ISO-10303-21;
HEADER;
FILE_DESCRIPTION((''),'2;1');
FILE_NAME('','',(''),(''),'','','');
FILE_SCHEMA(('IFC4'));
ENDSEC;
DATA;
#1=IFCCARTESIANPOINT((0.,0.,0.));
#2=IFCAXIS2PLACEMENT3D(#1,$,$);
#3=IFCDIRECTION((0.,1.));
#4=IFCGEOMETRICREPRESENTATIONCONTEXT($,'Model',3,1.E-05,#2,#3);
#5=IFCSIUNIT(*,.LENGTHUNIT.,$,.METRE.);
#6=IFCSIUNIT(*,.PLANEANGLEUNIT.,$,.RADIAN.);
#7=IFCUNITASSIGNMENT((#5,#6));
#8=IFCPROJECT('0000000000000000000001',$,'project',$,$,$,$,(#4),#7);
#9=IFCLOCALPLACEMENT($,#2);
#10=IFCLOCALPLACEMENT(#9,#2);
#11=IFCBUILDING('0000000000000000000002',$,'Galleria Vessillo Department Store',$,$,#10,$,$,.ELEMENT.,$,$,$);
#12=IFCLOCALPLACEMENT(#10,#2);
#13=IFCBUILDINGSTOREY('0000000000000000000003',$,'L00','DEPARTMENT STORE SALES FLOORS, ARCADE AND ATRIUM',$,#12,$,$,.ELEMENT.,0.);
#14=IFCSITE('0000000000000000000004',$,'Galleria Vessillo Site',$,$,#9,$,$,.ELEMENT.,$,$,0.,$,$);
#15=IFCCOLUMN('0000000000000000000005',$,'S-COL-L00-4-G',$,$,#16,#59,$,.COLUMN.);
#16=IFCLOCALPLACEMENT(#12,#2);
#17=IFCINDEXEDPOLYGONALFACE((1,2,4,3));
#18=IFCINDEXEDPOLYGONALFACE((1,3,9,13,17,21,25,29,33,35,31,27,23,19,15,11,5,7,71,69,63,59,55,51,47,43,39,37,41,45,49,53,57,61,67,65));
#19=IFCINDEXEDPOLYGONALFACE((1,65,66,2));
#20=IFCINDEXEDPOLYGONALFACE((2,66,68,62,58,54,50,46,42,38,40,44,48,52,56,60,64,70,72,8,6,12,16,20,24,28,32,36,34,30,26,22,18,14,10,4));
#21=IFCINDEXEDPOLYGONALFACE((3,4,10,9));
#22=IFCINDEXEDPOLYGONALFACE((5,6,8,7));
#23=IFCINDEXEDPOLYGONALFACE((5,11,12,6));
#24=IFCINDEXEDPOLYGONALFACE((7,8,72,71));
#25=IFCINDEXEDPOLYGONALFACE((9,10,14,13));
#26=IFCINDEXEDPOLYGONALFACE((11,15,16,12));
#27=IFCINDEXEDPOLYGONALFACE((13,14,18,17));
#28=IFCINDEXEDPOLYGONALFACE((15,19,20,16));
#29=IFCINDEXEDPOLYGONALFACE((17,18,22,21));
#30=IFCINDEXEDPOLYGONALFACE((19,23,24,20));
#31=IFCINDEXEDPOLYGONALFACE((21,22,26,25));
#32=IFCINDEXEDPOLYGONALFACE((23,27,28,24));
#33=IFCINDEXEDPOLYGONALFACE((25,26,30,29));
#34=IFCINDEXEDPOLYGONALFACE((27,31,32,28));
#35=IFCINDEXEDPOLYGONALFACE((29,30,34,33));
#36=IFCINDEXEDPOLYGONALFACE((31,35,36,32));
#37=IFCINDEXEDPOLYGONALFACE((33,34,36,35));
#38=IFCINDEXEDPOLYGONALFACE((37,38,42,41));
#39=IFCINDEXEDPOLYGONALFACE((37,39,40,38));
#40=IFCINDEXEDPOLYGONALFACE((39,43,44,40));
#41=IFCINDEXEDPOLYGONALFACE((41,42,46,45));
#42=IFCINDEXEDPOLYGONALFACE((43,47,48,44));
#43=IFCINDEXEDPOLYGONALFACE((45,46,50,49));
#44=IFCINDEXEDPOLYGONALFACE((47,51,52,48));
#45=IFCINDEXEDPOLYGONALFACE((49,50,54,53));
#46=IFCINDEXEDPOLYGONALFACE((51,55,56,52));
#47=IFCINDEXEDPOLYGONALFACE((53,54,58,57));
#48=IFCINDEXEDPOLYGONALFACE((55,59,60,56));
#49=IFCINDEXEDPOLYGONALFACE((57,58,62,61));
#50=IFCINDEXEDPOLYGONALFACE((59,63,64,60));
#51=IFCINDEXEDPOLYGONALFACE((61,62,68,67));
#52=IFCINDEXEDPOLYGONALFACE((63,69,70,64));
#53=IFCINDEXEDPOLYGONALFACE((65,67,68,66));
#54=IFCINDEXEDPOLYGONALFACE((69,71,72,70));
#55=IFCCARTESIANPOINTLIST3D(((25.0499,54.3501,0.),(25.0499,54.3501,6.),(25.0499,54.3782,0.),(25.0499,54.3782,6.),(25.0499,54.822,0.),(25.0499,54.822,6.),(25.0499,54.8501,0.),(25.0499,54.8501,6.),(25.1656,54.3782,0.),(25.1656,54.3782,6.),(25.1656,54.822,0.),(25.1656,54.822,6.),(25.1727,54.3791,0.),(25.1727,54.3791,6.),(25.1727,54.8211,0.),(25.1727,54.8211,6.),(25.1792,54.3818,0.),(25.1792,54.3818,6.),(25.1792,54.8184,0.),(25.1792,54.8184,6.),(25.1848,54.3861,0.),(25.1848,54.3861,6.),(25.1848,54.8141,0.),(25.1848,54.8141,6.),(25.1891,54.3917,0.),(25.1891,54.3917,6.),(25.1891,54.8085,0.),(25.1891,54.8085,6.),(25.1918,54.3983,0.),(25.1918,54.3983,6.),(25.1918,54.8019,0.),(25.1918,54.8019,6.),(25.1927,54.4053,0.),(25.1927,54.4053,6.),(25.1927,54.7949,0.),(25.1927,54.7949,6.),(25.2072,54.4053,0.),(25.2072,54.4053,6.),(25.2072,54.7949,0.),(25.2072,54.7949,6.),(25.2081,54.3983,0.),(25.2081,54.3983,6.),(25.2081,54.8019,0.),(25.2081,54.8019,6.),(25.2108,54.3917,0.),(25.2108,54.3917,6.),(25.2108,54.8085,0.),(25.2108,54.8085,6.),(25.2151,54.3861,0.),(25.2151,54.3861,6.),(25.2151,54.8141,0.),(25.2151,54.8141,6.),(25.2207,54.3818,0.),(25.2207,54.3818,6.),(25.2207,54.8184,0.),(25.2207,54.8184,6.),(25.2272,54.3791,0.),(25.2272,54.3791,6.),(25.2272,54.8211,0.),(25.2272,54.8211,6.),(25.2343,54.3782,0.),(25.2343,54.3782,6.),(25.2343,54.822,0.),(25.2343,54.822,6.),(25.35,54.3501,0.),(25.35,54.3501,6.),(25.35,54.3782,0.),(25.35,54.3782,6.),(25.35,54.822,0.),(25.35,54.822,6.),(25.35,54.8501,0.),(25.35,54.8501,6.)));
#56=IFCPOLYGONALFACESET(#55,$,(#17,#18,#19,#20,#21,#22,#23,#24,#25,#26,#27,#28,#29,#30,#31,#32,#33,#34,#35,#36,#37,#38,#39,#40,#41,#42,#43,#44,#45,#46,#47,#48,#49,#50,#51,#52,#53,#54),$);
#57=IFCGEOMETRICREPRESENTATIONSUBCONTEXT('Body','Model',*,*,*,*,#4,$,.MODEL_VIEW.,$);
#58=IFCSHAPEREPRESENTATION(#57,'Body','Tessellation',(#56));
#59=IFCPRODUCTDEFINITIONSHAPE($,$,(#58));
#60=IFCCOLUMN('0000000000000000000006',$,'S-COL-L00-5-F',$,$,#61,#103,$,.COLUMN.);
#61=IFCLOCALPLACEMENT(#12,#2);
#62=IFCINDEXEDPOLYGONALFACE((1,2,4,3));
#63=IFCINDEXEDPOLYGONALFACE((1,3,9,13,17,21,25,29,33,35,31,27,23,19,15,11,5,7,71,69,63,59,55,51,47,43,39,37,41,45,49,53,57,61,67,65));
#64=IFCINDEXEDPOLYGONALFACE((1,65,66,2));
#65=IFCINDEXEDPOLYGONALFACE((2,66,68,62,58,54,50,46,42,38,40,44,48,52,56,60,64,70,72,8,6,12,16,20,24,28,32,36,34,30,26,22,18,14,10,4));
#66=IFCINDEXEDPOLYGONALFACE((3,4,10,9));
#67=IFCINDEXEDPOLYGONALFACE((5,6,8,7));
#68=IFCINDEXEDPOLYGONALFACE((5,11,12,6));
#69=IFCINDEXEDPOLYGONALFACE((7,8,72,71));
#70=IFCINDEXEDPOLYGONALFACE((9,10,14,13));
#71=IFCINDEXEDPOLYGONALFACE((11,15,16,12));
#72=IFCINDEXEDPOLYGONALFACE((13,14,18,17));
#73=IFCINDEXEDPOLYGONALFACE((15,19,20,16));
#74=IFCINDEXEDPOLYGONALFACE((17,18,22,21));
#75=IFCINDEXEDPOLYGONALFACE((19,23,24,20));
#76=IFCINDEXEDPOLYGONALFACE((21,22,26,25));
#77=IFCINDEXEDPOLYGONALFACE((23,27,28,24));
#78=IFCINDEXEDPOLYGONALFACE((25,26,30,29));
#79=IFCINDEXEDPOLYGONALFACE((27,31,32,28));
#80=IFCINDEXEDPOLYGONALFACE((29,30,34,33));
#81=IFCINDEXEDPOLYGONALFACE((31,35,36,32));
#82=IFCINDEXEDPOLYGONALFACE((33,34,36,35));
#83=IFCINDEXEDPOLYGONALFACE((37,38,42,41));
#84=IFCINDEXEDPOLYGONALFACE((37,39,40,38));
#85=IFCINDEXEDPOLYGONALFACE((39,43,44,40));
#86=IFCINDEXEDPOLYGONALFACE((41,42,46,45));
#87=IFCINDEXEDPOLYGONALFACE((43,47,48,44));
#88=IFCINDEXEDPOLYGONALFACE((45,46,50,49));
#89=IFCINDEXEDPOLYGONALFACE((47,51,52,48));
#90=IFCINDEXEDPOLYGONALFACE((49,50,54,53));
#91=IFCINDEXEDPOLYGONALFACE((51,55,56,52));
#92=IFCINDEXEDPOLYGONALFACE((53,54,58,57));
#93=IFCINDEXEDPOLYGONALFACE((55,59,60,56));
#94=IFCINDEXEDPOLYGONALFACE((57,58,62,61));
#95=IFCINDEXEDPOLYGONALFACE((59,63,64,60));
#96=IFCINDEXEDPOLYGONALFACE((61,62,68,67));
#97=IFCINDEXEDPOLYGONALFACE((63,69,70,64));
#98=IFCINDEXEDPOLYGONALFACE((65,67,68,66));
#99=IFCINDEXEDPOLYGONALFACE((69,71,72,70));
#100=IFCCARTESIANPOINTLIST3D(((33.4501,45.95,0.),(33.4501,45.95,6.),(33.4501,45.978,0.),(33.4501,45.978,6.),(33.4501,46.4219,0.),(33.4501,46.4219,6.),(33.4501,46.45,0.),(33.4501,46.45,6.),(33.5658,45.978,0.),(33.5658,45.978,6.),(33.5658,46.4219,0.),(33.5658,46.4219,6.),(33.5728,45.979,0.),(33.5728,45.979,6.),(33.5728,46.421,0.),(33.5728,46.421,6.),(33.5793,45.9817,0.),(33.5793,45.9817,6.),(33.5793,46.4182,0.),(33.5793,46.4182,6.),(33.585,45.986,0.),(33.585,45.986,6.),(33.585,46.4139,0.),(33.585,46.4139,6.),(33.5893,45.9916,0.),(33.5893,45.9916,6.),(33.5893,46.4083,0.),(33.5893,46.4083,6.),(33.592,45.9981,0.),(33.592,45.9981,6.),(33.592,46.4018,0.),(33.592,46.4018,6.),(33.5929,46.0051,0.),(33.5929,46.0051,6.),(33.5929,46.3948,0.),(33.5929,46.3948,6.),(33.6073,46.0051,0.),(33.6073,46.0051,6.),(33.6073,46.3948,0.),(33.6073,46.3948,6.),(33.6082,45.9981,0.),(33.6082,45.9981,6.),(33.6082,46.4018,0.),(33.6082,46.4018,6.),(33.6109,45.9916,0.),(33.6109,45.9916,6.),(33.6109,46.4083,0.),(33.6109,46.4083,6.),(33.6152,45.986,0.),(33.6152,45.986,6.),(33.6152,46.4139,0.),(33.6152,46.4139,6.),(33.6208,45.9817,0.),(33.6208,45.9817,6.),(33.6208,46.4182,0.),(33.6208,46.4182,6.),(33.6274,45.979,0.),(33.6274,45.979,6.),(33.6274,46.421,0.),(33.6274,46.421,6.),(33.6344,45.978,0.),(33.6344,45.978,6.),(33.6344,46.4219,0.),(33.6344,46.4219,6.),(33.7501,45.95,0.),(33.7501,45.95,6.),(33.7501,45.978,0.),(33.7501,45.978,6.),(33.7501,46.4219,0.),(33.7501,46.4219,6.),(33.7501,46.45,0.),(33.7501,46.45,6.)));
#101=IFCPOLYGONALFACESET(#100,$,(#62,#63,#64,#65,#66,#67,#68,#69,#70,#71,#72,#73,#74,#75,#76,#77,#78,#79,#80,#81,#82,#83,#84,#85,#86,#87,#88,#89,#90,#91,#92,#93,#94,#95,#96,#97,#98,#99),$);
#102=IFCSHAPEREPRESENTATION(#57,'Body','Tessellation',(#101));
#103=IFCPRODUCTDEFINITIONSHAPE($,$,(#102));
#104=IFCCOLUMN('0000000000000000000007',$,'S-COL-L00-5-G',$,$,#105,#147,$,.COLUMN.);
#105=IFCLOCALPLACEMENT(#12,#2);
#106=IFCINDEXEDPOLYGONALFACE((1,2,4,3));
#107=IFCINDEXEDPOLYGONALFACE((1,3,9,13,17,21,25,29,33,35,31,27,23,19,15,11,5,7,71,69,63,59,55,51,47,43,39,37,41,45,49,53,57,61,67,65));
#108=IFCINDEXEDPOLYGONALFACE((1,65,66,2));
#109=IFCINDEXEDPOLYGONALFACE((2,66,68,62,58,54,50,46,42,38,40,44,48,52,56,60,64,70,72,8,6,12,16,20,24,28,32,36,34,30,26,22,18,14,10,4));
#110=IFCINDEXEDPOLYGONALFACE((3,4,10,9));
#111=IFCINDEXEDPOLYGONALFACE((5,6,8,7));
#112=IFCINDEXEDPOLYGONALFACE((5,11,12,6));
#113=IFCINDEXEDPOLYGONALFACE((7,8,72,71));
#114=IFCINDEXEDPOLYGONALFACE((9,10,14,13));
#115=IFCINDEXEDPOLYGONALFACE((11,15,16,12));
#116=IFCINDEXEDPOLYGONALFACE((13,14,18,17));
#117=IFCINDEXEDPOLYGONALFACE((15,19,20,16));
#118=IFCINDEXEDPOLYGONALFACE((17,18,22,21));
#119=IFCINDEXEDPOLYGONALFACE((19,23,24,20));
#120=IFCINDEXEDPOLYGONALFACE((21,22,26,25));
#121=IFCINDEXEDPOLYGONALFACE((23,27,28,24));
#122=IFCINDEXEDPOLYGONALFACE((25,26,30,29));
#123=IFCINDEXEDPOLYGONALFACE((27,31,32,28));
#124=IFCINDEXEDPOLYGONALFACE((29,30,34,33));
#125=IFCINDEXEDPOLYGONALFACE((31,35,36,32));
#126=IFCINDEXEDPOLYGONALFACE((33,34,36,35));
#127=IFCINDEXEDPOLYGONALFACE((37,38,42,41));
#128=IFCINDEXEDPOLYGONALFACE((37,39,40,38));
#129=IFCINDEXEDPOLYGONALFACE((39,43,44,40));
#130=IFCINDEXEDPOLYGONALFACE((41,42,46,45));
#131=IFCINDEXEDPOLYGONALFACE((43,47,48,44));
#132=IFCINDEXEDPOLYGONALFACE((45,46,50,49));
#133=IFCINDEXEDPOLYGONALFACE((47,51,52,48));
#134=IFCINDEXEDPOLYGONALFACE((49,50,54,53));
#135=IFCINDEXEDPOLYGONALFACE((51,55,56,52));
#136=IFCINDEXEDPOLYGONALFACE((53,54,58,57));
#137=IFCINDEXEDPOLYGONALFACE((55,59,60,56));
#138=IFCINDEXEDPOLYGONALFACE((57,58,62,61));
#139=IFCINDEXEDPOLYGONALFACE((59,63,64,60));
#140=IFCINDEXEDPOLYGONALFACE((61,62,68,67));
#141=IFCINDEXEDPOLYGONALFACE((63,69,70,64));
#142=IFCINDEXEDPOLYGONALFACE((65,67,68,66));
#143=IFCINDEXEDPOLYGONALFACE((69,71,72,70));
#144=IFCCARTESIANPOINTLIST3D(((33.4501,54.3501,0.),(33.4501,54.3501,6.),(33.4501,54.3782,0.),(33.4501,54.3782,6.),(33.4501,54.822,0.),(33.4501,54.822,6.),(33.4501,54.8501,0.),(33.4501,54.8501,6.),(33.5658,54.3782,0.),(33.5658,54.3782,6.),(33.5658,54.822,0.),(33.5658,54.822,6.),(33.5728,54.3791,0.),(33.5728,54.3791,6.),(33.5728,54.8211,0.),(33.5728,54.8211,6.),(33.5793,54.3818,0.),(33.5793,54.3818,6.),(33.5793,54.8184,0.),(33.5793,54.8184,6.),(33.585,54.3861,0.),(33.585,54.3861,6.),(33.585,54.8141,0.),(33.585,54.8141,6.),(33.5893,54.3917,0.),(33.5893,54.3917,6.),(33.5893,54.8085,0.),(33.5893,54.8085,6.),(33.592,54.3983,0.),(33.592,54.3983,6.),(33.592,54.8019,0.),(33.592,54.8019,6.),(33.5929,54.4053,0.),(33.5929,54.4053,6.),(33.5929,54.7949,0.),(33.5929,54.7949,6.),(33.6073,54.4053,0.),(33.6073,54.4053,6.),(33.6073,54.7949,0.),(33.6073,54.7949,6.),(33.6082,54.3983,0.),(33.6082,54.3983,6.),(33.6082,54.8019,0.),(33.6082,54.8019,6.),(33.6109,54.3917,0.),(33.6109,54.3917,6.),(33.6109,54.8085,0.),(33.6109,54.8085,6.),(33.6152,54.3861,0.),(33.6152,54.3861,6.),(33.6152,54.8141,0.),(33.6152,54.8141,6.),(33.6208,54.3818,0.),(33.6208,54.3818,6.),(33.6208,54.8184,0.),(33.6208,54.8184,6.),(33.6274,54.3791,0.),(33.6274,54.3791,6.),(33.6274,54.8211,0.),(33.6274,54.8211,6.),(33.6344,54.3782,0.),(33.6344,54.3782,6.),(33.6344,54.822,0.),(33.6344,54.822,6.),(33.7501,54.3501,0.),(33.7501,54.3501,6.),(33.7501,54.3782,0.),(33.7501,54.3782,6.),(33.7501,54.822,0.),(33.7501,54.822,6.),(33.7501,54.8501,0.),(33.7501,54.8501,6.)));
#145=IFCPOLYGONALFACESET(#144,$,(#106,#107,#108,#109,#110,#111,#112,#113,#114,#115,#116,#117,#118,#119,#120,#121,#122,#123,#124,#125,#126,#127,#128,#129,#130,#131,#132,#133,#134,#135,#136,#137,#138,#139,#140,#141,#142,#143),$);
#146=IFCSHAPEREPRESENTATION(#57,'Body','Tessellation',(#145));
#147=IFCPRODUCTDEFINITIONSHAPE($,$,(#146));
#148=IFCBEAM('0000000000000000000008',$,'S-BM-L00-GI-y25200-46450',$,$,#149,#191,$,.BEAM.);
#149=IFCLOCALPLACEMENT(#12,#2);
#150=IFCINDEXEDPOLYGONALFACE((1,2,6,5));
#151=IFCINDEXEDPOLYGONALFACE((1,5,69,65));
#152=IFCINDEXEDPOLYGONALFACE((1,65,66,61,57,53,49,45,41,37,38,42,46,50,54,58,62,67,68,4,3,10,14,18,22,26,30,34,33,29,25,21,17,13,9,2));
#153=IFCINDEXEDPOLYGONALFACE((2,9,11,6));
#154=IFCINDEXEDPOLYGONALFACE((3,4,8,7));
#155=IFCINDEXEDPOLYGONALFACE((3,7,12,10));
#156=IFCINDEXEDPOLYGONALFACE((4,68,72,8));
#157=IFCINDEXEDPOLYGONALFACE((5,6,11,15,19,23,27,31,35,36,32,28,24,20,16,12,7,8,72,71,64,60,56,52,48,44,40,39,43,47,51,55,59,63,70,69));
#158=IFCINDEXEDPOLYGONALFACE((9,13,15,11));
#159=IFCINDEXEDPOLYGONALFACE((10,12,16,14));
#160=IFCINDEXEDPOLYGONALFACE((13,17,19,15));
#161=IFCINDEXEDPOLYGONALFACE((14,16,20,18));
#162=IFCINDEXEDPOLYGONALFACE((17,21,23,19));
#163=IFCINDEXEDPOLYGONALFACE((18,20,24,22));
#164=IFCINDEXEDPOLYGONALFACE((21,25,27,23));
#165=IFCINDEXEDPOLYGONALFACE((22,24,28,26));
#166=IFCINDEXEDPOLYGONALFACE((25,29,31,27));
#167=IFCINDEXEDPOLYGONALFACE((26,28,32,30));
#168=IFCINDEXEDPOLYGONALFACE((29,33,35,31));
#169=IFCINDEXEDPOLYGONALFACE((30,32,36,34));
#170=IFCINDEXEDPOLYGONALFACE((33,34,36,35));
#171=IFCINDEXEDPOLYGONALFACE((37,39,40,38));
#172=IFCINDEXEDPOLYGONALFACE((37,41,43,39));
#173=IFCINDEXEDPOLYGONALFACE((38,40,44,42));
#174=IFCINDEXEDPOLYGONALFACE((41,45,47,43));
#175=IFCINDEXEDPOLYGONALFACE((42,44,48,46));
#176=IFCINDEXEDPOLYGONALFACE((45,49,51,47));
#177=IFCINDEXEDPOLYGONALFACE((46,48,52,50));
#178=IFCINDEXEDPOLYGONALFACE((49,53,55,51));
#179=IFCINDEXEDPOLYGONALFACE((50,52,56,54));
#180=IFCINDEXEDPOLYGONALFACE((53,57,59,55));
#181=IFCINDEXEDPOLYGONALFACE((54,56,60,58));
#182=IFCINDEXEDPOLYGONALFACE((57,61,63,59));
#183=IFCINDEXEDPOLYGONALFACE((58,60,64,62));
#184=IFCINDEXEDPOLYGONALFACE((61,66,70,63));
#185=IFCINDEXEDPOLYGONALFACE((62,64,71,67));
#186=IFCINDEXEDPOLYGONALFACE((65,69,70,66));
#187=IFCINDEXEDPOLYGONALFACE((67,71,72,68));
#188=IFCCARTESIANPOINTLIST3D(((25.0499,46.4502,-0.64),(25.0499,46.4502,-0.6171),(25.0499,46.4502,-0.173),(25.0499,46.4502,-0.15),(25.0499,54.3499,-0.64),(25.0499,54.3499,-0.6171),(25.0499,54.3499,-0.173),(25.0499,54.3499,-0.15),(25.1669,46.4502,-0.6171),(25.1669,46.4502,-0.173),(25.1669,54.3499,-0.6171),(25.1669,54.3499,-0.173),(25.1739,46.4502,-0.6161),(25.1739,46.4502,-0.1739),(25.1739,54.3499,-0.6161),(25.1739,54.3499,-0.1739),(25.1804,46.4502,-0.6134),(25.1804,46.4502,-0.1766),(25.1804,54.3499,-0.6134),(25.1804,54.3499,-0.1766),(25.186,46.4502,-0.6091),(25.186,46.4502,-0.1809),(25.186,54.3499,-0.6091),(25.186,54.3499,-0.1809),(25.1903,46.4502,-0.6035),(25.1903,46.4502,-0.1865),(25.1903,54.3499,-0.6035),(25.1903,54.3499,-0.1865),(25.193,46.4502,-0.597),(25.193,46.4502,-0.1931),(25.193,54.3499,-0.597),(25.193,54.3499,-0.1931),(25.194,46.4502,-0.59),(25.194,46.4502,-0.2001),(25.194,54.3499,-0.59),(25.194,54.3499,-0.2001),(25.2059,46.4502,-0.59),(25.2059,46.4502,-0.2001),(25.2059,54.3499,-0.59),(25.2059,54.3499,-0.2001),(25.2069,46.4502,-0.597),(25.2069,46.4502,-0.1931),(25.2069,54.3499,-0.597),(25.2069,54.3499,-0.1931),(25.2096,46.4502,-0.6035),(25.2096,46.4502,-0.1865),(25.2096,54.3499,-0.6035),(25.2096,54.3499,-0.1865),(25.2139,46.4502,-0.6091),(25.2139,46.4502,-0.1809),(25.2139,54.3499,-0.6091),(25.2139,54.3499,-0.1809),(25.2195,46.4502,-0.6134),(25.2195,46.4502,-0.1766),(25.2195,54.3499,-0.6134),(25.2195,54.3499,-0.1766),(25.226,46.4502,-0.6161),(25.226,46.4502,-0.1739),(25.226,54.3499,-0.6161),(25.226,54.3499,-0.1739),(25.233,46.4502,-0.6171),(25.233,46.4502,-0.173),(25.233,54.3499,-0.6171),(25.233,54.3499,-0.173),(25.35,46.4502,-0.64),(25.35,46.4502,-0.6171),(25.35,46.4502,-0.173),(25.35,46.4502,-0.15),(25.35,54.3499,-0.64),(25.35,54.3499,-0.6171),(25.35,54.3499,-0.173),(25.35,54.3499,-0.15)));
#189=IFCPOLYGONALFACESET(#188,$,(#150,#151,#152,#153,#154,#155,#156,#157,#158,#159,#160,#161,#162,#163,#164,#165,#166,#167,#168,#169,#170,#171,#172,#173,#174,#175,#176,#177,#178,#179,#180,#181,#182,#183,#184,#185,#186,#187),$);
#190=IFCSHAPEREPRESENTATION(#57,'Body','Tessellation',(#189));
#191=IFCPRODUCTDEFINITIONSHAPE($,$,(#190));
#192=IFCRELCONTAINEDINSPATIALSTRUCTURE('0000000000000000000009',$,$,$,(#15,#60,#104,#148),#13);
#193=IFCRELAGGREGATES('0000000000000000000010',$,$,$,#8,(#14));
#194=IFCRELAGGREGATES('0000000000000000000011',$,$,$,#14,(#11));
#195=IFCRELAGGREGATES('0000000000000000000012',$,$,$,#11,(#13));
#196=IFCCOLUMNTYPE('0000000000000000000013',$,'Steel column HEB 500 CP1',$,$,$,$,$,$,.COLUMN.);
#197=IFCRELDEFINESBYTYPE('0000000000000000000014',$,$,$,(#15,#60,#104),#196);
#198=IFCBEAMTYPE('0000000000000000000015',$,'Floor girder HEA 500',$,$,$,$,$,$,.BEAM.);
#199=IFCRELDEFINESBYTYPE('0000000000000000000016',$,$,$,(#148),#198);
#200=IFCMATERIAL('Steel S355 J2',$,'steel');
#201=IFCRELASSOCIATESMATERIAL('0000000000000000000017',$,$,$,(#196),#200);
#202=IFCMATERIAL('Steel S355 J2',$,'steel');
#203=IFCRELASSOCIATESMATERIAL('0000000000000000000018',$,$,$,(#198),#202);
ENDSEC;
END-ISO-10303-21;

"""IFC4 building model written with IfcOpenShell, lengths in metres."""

from ifc_helpers import new_model, si_unit, direction, frame, origin, origin_2d, place, context, subcontext, project, spatial, i_section, extrude, material, material_profile, profile_set, type_object, element, save


model = new_model("IFC4")

# Units and contexts
model_context = context("Model", 3, precision=1e-05, world=origin(), true_north=direction((0.0, 1.0)))
body_context = subcontext(model_context, "Body", "Model", "MODEL_VIEW")
ifc_project = project(units=[si_unit("LENGTHUNIT", "METRE"), si_unit("PLANEANGLEUNIT", "RADIAN")], contexts=[model_context])

# Site, building, storey
site_placement = place(None, origin())
site = spatial("IfcSite", under=ifc_project, at=site_placement, Name="Galleria Vessillo Site", CompositionType="ELEMENT", RefElevation=0.0)
building_placement = place(site_placement, origin())
building = spatial("IfcBuilding", under=site, at=building_placement, Name="Galleria Vessillo Department Store", CompositionType="ELEMENT")
storey_placement = place(building_placement, origin())
storey = spatial("IfcBuildingStorey", under=building, at=storey_placement, Name="L00", Description="DEPARTMENT STORE SALES FLOORS, ARCADE AND ATRIUM", CompositionType="ELEMENT", Elevation=0.0)

# Columns
ifc_material_1 = material(Name="Steel S355 J2", Category="steel")
ifc_material_profile_1 = material_profile(ifc_material_1, i_section(OverallWidth=0.3, OverallDepth=0.5, WebThickness=0.0144, FlangeThickness=0.0281, FilletRadius=0.0271, at=origin_2d()), Name="HEB 500")
ifc_profile_set_1 = profile_set([ifc_material_profile_1], Name="Steel S355 J2")
column_type = type_object("IfcColumnType", Name="Steel column HEB 500 CP1", PredefinedType="COLUMN", material=ifc_profile_set_1)
for number, where, z_axis, x_axis, name in (
    (1, (25.2, 54.6001, 0.0), (0.0, 0.0, 1.0), (1.0, 0.0, 0.0), "S-COL-L00-4-G"),
    (2, (33.6001, 46.2, 0.0), (0.0, 0.0, 1.0), (1.0, 0.0, 0.0), "S-COL-L00-5-F"),
    (3, (33.6001, 54.6001, 0.0), (0.0, 0.0, 1.0), (1.0, 0.0, 0.0), "S-COL-L00-5-G"),
):
    element("IfcColumn", number, at=place(storey_placement, frame(where, z_axis=z_axis, x_axis=x_axis)), inside=storey, type_object=column_type, Name=name, PredefinedType="COLUMN", context=body_context, shape_type="SweptSolid", body=[
        extrude(i_section(OverallWidth=0.3, OverallDepth=0.5, WebThickness=0.0144, FlangeThickness=0.0281, FilletRadius=0.0271, at=origin_2d()), origin(), (0.0, 0.0, 1.0), 6.0),
    ])

# Beam
ifc_material_2 = material(Name="Steel S355 J2", Category="steel")
ifc_material_profile_2 = material_profile(ifc_material_2, i_section(OverallWidth=0.3, OverallDepth=0.49, WebThickness=0.012, FlangeThickness=0.0229, FilletRadius=0.0271, at=origin_2d()), Name="HEA 500")
ifc_profile_set_2 = profile_set([ifc_material_profile_2], Name="Steel S355 J2")
beam_type_1 = type_object("IfcBeamType", Name="Floor girder HEA 500", PredefinedType="BEAM", material=ifc_profile_set_2)
for number, where, z_axis, x_axis, name in (
    (4, (25.2, 46.4502, -0.395), (0.0, 1.0, 0.0), (-1.0, 0.0, 0.0), "S-BM-L00-GI-y25200-46450"),
):
    element("IfcBeam", number, at=place(storey_placement, frame(where, z_axis=z_axis, x_axis=x_axis)), inside=storey, type_object=beam_type_1, Name=name, PredefinedType="BEAM", context=body_context, shape_type="SweptSolid", body=[
        extrude(i_section(OverallWidth=0.3, OverallDepth=0.49, WebThickness=0.012, FlangeThickness=0.0229, FilletRadius=0.0271, at=origin_2d()), origin(), (0.0, 0.0, 1.0), 7.8997),
    ])

save(model, "model.ifc")
